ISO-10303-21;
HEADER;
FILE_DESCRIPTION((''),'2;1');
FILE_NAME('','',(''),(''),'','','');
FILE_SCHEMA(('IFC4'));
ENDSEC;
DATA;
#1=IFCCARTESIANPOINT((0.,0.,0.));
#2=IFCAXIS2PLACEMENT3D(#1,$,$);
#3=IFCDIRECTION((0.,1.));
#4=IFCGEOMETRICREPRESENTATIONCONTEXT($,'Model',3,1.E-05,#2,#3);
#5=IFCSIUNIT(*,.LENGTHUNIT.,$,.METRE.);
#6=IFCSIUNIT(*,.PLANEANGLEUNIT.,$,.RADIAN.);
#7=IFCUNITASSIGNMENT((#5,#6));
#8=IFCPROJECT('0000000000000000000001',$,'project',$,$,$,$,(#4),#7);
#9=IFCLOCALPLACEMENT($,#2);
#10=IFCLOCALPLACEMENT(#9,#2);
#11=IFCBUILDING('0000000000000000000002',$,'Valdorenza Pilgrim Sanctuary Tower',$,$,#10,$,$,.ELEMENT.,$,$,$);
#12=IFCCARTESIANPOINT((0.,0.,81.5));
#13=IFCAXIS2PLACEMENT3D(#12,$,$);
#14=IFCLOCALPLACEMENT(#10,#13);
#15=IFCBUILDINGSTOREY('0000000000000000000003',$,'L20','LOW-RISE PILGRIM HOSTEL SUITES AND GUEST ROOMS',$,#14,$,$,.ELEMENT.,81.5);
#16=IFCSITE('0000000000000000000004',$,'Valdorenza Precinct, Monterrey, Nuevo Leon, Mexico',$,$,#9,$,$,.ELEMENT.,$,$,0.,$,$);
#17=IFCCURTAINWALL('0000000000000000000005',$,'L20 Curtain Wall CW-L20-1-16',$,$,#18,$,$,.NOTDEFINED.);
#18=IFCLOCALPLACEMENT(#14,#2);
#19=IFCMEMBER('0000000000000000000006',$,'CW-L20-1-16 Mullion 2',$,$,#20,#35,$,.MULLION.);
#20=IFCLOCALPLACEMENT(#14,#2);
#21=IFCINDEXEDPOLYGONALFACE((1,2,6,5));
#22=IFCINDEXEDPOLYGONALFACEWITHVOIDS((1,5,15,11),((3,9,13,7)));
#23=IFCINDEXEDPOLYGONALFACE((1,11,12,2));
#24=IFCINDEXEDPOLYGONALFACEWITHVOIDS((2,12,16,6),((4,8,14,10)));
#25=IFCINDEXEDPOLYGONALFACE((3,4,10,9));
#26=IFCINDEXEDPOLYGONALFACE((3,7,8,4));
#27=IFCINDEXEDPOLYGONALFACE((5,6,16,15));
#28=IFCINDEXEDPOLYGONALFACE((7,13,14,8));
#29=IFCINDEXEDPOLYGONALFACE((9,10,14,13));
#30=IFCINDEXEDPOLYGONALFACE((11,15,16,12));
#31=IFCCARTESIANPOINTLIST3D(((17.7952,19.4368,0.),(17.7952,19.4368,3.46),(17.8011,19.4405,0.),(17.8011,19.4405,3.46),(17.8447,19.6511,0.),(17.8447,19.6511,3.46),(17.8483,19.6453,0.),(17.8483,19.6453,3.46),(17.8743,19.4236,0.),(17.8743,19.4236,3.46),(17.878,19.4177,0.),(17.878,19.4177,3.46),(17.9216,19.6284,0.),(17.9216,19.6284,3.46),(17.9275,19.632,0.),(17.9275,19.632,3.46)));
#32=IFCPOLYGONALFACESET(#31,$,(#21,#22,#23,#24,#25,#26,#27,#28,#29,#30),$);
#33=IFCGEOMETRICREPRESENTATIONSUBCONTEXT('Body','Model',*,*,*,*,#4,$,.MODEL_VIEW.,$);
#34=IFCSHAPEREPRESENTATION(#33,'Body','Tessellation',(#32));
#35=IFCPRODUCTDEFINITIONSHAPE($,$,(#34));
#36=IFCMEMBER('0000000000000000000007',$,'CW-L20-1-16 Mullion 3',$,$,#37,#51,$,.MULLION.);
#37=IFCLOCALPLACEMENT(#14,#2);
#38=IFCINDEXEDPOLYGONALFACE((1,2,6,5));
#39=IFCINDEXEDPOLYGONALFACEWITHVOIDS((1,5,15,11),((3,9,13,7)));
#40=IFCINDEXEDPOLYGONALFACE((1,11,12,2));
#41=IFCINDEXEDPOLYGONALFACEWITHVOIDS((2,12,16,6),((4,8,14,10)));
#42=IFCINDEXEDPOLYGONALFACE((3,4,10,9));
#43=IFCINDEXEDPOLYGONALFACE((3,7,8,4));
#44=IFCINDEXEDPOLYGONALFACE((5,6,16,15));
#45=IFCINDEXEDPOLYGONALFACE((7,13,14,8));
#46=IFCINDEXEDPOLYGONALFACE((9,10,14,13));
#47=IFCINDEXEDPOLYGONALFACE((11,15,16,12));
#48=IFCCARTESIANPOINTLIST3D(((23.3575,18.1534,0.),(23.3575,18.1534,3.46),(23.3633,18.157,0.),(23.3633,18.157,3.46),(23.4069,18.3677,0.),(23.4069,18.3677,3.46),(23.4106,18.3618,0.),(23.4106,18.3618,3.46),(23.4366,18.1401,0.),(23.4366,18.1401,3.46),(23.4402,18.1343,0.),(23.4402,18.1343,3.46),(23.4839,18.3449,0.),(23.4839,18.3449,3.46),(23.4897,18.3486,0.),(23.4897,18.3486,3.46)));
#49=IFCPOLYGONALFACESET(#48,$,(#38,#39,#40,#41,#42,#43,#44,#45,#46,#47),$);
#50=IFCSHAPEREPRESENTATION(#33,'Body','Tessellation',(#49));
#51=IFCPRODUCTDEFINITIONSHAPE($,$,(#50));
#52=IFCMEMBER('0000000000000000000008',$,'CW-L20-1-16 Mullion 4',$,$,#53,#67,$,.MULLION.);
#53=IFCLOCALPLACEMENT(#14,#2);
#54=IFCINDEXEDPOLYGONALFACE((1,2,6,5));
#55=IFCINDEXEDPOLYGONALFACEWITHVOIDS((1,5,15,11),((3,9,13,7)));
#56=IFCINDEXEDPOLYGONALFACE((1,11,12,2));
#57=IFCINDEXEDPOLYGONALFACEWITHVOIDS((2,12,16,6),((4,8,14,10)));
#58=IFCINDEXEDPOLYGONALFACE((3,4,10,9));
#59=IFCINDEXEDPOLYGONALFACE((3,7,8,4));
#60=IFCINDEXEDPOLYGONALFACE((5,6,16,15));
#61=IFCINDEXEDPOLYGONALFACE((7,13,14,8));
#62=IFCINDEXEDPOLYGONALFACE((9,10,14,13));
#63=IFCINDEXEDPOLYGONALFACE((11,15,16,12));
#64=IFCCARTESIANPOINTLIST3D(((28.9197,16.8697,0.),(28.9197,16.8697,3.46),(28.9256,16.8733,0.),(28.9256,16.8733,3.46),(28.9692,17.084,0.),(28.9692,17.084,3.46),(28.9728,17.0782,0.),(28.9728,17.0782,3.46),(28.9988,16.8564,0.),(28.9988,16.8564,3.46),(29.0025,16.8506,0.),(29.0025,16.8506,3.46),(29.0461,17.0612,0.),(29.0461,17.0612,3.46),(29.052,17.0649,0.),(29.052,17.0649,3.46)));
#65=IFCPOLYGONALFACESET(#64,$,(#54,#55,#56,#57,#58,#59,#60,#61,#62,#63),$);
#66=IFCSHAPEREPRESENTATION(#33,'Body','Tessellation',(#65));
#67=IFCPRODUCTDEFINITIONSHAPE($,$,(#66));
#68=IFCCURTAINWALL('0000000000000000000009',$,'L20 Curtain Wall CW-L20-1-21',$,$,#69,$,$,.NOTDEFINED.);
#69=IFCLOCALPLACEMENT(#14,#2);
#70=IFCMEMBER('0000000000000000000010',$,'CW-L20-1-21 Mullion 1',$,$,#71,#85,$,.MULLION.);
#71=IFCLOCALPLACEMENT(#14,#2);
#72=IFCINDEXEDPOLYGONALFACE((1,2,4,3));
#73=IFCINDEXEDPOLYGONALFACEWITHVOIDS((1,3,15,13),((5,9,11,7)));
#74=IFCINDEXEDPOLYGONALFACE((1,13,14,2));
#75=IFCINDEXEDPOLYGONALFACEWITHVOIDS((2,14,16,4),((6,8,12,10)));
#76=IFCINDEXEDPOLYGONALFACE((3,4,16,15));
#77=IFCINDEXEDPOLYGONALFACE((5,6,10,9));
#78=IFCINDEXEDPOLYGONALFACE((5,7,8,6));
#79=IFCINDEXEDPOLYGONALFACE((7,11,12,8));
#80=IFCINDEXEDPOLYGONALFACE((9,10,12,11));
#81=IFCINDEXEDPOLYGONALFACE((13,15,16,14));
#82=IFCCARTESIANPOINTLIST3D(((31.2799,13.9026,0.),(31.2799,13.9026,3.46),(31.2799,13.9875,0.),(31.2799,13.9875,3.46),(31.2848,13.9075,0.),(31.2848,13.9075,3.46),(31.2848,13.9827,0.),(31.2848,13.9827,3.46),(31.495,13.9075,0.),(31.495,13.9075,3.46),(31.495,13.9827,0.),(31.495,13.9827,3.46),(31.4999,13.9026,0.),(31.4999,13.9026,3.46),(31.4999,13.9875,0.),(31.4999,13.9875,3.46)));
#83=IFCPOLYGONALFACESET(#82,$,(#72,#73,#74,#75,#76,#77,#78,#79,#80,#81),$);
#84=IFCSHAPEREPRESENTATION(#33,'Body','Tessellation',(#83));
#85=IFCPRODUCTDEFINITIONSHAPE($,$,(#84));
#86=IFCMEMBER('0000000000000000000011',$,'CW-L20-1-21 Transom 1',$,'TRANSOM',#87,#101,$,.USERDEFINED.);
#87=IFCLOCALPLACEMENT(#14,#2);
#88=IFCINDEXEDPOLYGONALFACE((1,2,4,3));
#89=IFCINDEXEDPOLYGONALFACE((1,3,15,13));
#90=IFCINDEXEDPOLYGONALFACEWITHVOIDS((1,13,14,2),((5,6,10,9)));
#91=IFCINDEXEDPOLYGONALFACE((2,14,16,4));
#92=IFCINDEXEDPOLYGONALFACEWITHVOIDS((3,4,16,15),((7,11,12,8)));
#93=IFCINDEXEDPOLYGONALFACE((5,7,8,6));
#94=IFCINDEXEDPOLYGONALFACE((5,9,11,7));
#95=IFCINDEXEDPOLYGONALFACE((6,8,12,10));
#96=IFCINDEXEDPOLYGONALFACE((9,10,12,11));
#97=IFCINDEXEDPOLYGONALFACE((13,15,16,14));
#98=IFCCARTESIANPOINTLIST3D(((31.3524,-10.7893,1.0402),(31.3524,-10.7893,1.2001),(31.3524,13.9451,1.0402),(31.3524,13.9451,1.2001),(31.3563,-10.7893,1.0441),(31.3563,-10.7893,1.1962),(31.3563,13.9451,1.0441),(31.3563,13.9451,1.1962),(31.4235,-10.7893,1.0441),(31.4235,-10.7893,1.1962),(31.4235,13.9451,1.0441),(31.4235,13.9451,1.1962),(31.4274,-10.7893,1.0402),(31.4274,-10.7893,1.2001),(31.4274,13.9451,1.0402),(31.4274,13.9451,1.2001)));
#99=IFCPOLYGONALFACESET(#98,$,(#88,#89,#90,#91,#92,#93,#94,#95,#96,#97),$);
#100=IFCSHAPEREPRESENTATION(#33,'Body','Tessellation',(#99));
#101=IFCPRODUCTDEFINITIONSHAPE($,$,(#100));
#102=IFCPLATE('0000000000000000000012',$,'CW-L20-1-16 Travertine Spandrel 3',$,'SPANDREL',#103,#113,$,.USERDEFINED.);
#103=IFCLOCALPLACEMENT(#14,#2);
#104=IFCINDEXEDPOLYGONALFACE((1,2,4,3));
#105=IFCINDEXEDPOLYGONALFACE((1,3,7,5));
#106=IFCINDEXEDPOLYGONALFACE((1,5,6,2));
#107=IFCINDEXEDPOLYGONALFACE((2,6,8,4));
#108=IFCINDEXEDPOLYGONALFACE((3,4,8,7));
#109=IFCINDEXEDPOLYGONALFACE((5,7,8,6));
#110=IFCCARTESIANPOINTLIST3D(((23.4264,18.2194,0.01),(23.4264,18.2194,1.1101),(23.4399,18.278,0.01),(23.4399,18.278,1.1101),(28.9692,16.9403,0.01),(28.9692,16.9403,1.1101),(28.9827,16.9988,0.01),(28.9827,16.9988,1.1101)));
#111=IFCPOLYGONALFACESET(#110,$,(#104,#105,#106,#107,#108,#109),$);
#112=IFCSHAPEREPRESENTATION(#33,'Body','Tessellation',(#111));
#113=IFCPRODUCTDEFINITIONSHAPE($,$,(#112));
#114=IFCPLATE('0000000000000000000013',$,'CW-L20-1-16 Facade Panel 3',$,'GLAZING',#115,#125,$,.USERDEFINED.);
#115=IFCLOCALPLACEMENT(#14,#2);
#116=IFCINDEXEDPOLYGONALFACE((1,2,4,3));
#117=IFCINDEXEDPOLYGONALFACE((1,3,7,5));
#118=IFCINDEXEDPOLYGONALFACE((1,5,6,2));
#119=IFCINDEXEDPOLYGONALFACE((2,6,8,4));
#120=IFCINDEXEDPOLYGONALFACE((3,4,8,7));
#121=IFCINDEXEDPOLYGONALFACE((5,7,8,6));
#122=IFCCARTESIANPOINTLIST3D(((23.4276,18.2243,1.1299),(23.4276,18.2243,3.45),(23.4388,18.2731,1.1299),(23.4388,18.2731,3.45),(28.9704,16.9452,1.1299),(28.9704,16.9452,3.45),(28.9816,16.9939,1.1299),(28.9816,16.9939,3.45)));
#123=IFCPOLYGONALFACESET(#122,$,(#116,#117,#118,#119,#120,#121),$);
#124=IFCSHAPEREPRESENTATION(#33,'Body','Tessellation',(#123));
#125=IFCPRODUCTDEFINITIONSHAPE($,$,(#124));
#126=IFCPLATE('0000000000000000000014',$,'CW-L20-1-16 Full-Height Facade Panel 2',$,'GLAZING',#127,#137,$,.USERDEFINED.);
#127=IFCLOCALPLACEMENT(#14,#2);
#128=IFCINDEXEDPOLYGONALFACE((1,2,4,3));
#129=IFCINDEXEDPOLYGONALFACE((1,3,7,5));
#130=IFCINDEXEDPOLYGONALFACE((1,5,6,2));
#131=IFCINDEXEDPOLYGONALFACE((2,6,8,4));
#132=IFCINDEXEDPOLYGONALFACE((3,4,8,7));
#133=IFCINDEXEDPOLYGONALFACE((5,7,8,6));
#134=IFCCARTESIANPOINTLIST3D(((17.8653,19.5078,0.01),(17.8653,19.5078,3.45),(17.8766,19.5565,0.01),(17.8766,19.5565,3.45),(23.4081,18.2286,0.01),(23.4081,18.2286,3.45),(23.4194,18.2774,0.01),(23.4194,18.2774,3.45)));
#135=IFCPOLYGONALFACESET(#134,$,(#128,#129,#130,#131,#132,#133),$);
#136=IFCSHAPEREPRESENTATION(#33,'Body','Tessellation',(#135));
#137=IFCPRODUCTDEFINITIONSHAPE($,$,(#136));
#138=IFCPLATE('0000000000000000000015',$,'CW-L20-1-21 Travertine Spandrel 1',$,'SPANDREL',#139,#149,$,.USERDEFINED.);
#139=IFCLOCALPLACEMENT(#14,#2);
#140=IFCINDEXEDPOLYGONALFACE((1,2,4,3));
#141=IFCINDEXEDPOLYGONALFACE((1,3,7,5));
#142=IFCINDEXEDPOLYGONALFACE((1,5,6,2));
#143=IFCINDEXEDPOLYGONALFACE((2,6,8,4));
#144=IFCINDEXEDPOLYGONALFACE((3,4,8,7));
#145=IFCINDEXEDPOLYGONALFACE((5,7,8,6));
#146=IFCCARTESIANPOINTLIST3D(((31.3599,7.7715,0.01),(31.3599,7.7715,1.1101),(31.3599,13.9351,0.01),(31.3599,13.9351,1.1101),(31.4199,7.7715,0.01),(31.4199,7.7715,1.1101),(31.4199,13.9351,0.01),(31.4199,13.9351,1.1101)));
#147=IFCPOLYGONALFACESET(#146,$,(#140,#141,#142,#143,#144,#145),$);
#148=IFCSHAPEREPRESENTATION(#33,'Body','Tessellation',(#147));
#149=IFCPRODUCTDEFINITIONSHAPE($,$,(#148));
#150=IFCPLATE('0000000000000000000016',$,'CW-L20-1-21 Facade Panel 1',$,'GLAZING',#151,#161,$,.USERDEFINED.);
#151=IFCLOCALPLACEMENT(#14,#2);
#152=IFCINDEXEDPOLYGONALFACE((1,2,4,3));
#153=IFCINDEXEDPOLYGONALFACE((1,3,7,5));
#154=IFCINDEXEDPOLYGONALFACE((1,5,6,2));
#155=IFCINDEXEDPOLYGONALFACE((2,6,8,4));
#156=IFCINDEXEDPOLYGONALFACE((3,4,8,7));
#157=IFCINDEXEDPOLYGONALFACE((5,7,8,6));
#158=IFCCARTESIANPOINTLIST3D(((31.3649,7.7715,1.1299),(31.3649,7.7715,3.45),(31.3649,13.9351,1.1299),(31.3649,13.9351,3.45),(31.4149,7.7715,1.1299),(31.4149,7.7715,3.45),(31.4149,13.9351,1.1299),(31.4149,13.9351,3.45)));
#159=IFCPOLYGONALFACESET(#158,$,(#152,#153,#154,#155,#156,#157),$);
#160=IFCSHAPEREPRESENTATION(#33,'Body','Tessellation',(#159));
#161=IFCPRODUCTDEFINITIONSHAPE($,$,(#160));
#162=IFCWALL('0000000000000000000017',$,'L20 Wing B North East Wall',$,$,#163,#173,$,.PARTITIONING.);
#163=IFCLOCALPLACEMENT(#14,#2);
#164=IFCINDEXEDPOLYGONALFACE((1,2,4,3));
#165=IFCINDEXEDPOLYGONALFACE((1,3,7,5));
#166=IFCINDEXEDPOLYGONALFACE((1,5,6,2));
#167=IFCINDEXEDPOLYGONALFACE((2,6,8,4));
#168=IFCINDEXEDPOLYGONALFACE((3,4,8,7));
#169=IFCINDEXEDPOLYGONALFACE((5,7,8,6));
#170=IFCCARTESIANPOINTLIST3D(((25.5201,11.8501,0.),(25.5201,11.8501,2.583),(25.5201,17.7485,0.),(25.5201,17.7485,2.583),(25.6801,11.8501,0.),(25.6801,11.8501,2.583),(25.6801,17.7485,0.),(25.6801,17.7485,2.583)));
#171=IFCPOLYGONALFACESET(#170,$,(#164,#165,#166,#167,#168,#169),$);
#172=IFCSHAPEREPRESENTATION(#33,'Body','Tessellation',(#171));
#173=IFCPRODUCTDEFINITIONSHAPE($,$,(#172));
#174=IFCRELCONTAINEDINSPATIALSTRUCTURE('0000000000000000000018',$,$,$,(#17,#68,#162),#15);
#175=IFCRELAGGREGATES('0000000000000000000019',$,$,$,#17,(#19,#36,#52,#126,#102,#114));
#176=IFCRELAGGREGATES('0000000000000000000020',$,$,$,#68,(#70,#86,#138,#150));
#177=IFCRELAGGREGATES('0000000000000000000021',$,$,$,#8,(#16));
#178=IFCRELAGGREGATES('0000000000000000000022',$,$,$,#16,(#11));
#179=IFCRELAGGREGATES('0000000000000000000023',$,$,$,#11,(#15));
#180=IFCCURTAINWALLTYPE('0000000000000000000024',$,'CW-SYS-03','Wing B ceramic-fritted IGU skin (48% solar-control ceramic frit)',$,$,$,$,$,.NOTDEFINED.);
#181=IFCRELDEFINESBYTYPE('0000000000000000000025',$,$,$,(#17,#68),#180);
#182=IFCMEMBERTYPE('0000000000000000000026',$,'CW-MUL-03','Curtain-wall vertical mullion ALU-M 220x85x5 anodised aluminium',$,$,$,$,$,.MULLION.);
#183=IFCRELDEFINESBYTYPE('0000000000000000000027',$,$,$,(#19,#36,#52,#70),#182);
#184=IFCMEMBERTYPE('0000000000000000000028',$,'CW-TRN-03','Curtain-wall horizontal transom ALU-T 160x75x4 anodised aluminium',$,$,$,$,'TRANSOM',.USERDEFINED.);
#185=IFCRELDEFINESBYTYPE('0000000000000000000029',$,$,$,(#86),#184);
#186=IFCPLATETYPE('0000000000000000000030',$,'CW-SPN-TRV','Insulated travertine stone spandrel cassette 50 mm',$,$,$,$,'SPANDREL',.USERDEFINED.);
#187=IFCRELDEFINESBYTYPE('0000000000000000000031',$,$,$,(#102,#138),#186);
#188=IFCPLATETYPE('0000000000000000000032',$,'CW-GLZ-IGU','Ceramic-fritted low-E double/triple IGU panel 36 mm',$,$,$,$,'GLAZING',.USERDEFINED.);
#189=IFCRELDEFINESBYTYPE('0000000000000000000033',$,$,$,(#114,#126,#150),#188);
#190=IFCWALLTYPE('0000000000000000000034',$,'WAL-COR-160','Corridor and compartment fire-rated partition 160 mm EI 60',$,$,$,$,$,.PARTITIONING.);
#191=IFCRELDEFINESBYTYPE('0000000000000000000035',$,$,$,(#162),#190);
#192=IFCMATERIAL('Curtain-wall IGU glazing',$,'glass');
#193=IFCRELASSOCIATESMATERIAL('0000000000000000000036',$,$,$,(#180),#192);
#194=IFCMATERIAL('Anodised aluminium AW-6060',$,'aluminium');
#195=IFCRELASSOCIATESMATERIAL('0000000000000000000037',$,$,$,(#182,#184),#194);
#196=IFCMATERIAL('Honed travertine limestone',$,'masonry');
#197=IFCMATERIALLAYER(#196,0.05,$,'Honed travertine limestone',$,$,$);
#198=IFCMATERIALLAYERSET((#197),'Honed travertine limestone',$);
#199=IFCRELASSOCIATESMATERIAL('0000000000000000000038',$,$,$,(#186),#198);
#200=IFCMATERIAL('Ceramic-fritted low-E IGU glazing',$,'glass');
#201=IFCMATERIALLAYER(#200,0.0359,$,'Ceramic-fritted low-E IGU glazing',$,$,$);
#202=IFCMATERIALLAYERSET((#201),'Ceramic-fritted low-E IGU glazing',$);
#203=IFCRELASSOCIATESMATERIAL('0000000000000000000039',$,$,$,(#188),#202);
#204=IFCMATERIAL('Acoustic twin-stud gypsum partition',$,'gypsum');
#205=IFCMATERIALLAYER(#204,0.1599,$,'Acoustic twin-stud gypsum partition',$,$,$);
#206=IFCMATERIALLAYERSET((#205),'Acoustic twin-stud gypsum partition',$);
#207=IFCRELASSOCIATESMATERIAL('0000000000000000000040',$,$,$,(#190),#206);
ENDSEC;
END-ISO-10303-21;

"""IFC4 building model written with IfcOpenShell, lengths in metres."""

from ifc_helpers import new_model, si_unit, direction, frame, frame_2d, origin, origin_2d, place, context, subcontext, project, spatial, rectangle, hollow_rectangle, extrude, source, transform, mapped, material, layer, layer_set, material_profile, profile_set, type_object, element, aggregate, save


model = new_model("IFC4")

# Units and contexts
model_context = context("Model", 3, precision=1e-05, world=origin(), true_north=direction((0.0, 1.0)))
body_context = subcontext(model_context, "Body", "Model", "MODEL_VIEW")
ifc_project = project(units=[si_unit("LENGTHUNIT", "METRE"), si_unit("PLANEANGLEUNIT", "RADIAN")], contexts=[model_context])

# Site, building, storey
site_placement = place(None, origin())
site = spatial("IfcSite", under=ifc_project, at=site_placement, Name="Valdorenza Precinct, Monterrey, Nuevo Leon, Mexico", CompositionType="ELEMENT", RefElevation=0.0)
building_placement = place(site_placement, origin())
building = spatial("IfcBuilding", under=site, at=building_placement, Name="Valdorenza Pilgrim Sanctuary Tower", CompositionType="ELEMENT")
storey_placement = place(building_placement, frame((0.0, 0.0, 81.5)))
storey = spatial("IfcBuildingStorey", under=building, at=storey_placement, Name="L20", Description="LOW-RISE PILGRIM HOSTEL SUITES AND GUEST ROOMS", CompositionType="ELEMENT", Elevation=81.5)

# Curtain walls, members
ifc_material_1 = material(Name="Curtain-wall IGU glazing", Category="glass")
curtain_wall_type = type_object("IfcCurtainWallType", Name="CW-SYS-03", Description="Wing B ceramic-fritted IGU skin (48% solar-control ceramic frit)", PredefinedType="NOTDEFINED", material=ifc_material_1)
curtain_wall_1_placement = place(storey_placement, origin())
curtain_wall_1 = element("IfcCurtainWall", 1, at=curtain_wall_1_placement, inside=storey, type_object=curtain_wall_type, Name="L20 Curtain Wall CW-L20-1-16", PredefinedType="NOTDEFINED")
ifc_material_2 = material(Name="Anodised aluminium AW-6060", Category="aluminium")
ifc_material_profile_1 = material_profile(ifc_material_2, hollow_rectangle(XDim=0.085, YDim=0.22, WallThickness=0.0049, at=origin_2d()), Name="ALU-M 220x85x5")
ifc_profile_set_1 = profile_set([ifc_material_profile_1], Name="Anodised aluminium AW-6060")
member_type_1 = type_object("IfcMemberType", Name="CW-MUL-03", Description="Curtain-wall vertical mullion ALU-M 220x85x5 anodised aluminium", PredefinedType="MULLION", material=ifc_profile_set_1)
shared_shape_1 = source(origin(), body_context, "Body", "SweptSolid", [
    extrude(hollow_rectangle(XDim=0.085, YDim=0.22, WallThickness=0.0049, at=origin_2d()), origin(), (0.0, 0.0, 1.0), 3.46),
])
member_1_placement = place(storey_placement, frame((17.8613, 19.5344, 0.0), z_axis=(0.0, 0.0, 1.0), x_axis=(0.97439, -0.224866, 0.0)))
member_1 = element("IfcMember", 2, at=member_1_placement, type_object=member_type_1, Name="CW-L20-1-16 Mullion 2", PredefinedType="MULLION", context=body_context, shape_type="MappedRepresentation", body=[
    mapped(shared_shape_1, transform((0.0, 0.0, 0.0), x_axis=(1.0, 0.0, 0.0), y_axis=(0.0, 1.0, 0.0), z_axis=(0.0, 0.0, 1.0), scale=1.0)),
])
member_2_placement = place(storey_placement, frame((23.4236, 18.251, 0.0), z_axis=(0.0, 0.0, 1.0), x_axis=(0.97439, -0.224866, 0.0)))
member_2 = element("IfcMember", 3, at=member_2_placement, type_object=member_type_1, Name="CW-L20-1-16 Mullion 3", PredefinedType="MULLION", context=body_context, shape_type="MappedRepresentation", body=[
    mapped(shared_shape_1, transform((0.0, 0.0, 0.0), x_axis=(1.0, 0.0, 0.0), y_axis=(0.0, 1.0, 0.0), z_axis=(0.0, 0.0, 1.0), scale=1.0)),
])
member_3_placement = place(storey_placement, frame((28.9858, 16.9673, 0.0), z_axis=(0.0, 0.0, 1.0), x_axis=(0.97439, -0.224866, 0.0)))
member_3 = element("IfcMember", 4, at=member_3_placement, type_object=member_type_1, Name="CW-L20-1-16 Mullion 4", PredefinedType="MULLION", context=body_context, shape_type="MappedRepresentation", body=[
    mapped(shared_shape_1, transform((0.0, 0.0, 0.0), x_axis=(1.0, 0.0, 0.0), y_axis=(0.0, 1.0, 0.0), z_axis=(0.0, 0.0, 1.0), scale=1.0)),
])
curtain_wall_2_placement = place(storey_placement, origin())
curtain_wall_2 = element("IfcCurtainWall", 5, at=curtain_wall_2_placement, inside=storey, type_object=curtain_wall_type, Name="L20 Curtain Wall CW-L20-1-21", PredefinedType="NOTDEFINED")
member_4_placement = place(storey_placement, frame((31.3899, 13.9451, 0.0), z_axis=(0.0, 0.0, 1.0), x_axis=(0.0, -1.0, 0.0)))
member_4 = element("IfcMember", 6, at=member_4_placement, type_object=member_type_1, Name="CW-L20-1-21 Mullion 1", PredefinedType="MULLION", context=body_context, shape_type="MappedRepresentation", body=[
    mapped(shared_shape_1, transform((0.0, 0.0, 0.0), x_axis=(1.0, 0.0, 0.0), y_axis=(0.0, 1.0, 0.0), z_axis=(0.0, 0.0, 1.0), scale=1.0)),
])
ifc_material_profile_2 = material_profile(ifc_material_2, hollow_rectangle(XDim=0.075, YDim=0.1599, WallThickness=0.0039, at=origin_2d()), Name="ALU-T 160x75x4")
ifc_profile_set_2 = profile_set([ifc_material_profile_2], Name="Anodised aluminium AW-6060")
member_type_2 = type_object("IfcMemberType", Name="CW-TRN-03", Description="Curtain-wall horizontal transom ALU-T 160x75x4 anodised aluminium", ElementType="TRANSOM", PredefinedType="USERDEFINED", material=ifc_profile_set_2)
shared_shape_2 = source(origin(), body_context, "Body", "SweptSolid", [
    extrude(hollow_rectangle(XDim=0.075, YDim=0.1599, WallThickness=0.0039, at=origin_2d()), origin(), (0.0, 0.0, 1.0), 24.7344),
])
member_5_placement = place(storey_placement, frame((31.3899, 13.9451, 1.1201), z_axis=(0.0, -1.0, 0.0), x_axis=(1.0, 0.0, 0.0)))
member_5 = element("IfcMember", 7, at=member_5_placement, type_object=member_type_2, Name="CW-L20-1-21 Transom 1", ObjectType="TRANSOM", PredefinedType="USERDEFINED", context=body_context, shape_type="MappedRepresentation", body=[
    mapped(shared_shape_2, transform((0.0, 0.0, 0.0), x_axis=(1.0, 0.0, 0.0), y_axis=(0.0, 1.0, 0.0), z_axis=(0.0, 0.0, 1.0), scale=1.0)),
])

# Plates
ifc_material_3 = material(Name="Honed travertine limestone", Category="masonry")
ifc_layer_1 = layer(ifc_material_3, 0.05, Name="Honed travertine limestone")
ifc_layer_set_1 = layer_set([ifc_layer_1], Name="Honed travertine limestone")
plate_type_1 = type_object("IfcPlateType", Name="CW-SPN-TRV", Description="Insulated travertine stone spandrel cassette 50 mm", ElementType="SPANDREL", PredefinedType="USERDEFINED", material=ifc_layer_set_1)
shared_shape_3 = source(origin(), body_context, "Body", "SweptSolid", [
    extrude(rectangle(XDim=5.6885, YDim=0.0601, at=origin_2d()), origin(), (0.0, 0.0, 1.0), 1.1001),
])
plate_1_placement = place(storey_placement, frame((26.2046, 17.6091, 0.01), z_axis=(0.0, 0.0, 1.0), x_axis=(0.97439, -0.224866, 0.0)))
plate_1 = element("IfcPlate", 8, at=plate_1_placement, type_object=plate_type_1, Name="CW-L20-1-16 Travertine Spandrel 3", ObjectType="SPANDREL", PredefinedType="USERDEFINED", context=body_context, shape_type="MappedRepresentation", body=[
    mapped(shared_shape_3, transform((0.0, 0.0, 0.0), x_axis=(1.0, 0.0, 0.0), y_axis=(0.0, 1.0, 0.0), z_axis=(0.0, 0.0, 1.0), scale=1.0)),
])
ifc_material_4 = material(Name="Ceramic-fritted low-E IGU glazing", Category="glass")
ifc_layer_2 = layer(ifc_material_4, 0.0359, Name="Ceramic-fritted low-E IGU glazing")
ifc_layer_set_2 = layer_set([ifc_layer_2], Name="Ceramic-fritted low-E IGU glazing")
plate_type_2 = type_object("IfcPlateType", Name="CW-GLZ-IGU", Description="Ceramic-fritted low-E double/triple IGU panel 36 mm", ElementType="GLAZING", PredefinedType="USERDEFINED", material=ifc_layer_set_2)
shared_shape_4 = source(origin(), body_context, "Body", "SweptSolid", [
    extrude(rectangle(XDim=5.6885, YDim=0.05, at=origin_2d()), origin(), (0.0, 0.0, 1.0), 2.3201),
])
plate_2_placement = place(storey_placement, frame((26.2046, 17.6091, 1.1299), z_axis=(0.0, 0.0, 1.0), x_axis=(0.97439, -0.224866, 0.0)))
plate_2 = element("IfcPlate", 9, at=plate_2_placement, type_object=plate_type_2, Name="CW-L20-1-16 Facade Panel 3", ObjectType="GLAZING", PredefinedType="USERDEFINED", context=body_context, shape_type="MappedRepresentation", body=[
    mapped(shared_shape_4, transform((0.0, 0.0, 0.0), x_axis=(1.0, 0.0, 0.0), y_axis=(0.0, 1.0, 0.0), z_axis=(0.0, 0.0, 1.0), scale=1.0)),
])
shared_shape_5 = source(origin(), body_context, "Body", "SweptSolid", [
    extrude(rectangle(XDim=5.6885, YDim=0.05, at=origin_2d()), origin(), (0.0, 0.0, 1.0), 3.4399),
])
plate_3_placement = place(storey_placement, frame((20.6423, 18.8926, 0.01), z_axis=(0.0, 0.0, 1.0), x_axis=(0.97439, -0.224866, 0.0)))
plate_3 = element("IfcPlate", 10, at=plate_3_placement, type_object=plate_type_2, Name="CW-L20-1-16 Full-Height Facade Panel 2", ObjectType="GLAZING", PredefinedType="USERDEFINED", context=body_context, shape_type="MappedRepresentation", body=[
    mapped(shared_shape_5, transform((0.0, 0.0, 0.0), x_axis=(1.0, 0.0, 0.0), y_axis=(0.0, 1.0, 0.0), z_axis=(0.0, 0.0, 1.0), scale=1.0)),
])
aggregate(curtain_wall_1, [member_1, member_2, member_3, plate_3, plate_1, plate_2])
shared_shape_6 = source(origin(), body_context, "Body", "SweptSolid", [
    extrude(rectangle(XDim=6.1636, YDim=0.0601, at=origin_2d()), origin(), (0.0, 0.0, 1.0), 1.1001),
])
plate_4_placement = place(storey_placement, frame((31.3899, 10.8533, 0.01), z_axis=(0.0, 0.0, 1.0), x_axis=(0.0, -1.0, 0.0)))
plate_4 = element("IfcPlate", 11, at=plate_4_placement, type_object=plate_type_1, Name="CW-L20-1-21 Travertine Spandrel 1", ObjectType="SPANDREL", PredefinedType="USERDEFINED", context=body_context, shape_type="MappedRepresentation", body=[
    mapped(shared_shape_6, transform((0.0, 0.0, 0.0), x_axis=(1.0, 0.0, 0.0), y_axis=(0.0, 1.0, 0.0), z_axis=(0.0, 0.0, 1.0), scale=1.0)),
])
shared_shape_7 = source(origin(), body_context, "Body", "SweptSolid", [
    extrude(rectangle(XDim=6.1636, YDim=0.05, at=origin_2d()), origin(), (0.0, 0.0, 1.0), 2.3201),
])
plate_5_placement = place(storey_placement, frame((31.3899, 10.8533, 1.1299), z_axis=(0.0, 0.0, 1.0), x_axis=(0.0, -1.0, 0.0)))
plate_5 = element("IfcPlate", 12, at=plate_5_placement, type_object=plate_type_2, Name="CW-L20-1-21 Facade Panel 1", ObjectType="GLAZING", PredefinedType="USERDEFINED", context=body_context, shape_type="MappedRepresentation", body=[
    mapped(shared_shape_7, transform((0.0, 0.0, 0.0), x_axis=(1.0, 0.0, 0.0), y_axis=(0.0, 1.0, 0.0), z_axis=(0.0, 0.0, 1.0), scale=1.0)),
])
aggregate(curtain_wall_2, [member_4, member_5, plate_4, plate_5])

# Wall
ifc_material_5 = material(Name="Acoustic twin-stud gypsum partition", Category="gypsum")
ifc_layer_3 = layer(ifc_material_5, 0.1599, Name="Acoustic twin-stud gypsum partition")
ifc_layer_set_3 = layer_set([ifc_layer_3], Name="Acoustic twin-stud gypsum partition")
wall_type_1 = type_object("IfcWallType", Name="WAL-COR-160", Description="Corridor and compartment fire-rated partition 160 mm EI 60", PredefinedType="PARTITIONING", material=ifc_layer_set_3)
wall_1_placement = place(storey_placement, frame((25.6001, 11.8501, 0.0), z_axis=(0.0, 0.0, 1.0), x_axis=(0.0, 1.0, 0.0)))
element("IfcWall", 13, at=wall_1_placement, inside=storey, type_object=wall_type_1, Name="L20 Wing B North East Wall", PredefinedType="PARTITIONING", context=body_context, shape_type="SweptSolid", body=[
    extrude(rectangle(XDim=5.8984, YDim=0.1599, at=frame_2d((2.9492, 0.0))), origin(), (0.0, 0.0, 1.0), 2.583),
])

save(model, "model.ifc")
